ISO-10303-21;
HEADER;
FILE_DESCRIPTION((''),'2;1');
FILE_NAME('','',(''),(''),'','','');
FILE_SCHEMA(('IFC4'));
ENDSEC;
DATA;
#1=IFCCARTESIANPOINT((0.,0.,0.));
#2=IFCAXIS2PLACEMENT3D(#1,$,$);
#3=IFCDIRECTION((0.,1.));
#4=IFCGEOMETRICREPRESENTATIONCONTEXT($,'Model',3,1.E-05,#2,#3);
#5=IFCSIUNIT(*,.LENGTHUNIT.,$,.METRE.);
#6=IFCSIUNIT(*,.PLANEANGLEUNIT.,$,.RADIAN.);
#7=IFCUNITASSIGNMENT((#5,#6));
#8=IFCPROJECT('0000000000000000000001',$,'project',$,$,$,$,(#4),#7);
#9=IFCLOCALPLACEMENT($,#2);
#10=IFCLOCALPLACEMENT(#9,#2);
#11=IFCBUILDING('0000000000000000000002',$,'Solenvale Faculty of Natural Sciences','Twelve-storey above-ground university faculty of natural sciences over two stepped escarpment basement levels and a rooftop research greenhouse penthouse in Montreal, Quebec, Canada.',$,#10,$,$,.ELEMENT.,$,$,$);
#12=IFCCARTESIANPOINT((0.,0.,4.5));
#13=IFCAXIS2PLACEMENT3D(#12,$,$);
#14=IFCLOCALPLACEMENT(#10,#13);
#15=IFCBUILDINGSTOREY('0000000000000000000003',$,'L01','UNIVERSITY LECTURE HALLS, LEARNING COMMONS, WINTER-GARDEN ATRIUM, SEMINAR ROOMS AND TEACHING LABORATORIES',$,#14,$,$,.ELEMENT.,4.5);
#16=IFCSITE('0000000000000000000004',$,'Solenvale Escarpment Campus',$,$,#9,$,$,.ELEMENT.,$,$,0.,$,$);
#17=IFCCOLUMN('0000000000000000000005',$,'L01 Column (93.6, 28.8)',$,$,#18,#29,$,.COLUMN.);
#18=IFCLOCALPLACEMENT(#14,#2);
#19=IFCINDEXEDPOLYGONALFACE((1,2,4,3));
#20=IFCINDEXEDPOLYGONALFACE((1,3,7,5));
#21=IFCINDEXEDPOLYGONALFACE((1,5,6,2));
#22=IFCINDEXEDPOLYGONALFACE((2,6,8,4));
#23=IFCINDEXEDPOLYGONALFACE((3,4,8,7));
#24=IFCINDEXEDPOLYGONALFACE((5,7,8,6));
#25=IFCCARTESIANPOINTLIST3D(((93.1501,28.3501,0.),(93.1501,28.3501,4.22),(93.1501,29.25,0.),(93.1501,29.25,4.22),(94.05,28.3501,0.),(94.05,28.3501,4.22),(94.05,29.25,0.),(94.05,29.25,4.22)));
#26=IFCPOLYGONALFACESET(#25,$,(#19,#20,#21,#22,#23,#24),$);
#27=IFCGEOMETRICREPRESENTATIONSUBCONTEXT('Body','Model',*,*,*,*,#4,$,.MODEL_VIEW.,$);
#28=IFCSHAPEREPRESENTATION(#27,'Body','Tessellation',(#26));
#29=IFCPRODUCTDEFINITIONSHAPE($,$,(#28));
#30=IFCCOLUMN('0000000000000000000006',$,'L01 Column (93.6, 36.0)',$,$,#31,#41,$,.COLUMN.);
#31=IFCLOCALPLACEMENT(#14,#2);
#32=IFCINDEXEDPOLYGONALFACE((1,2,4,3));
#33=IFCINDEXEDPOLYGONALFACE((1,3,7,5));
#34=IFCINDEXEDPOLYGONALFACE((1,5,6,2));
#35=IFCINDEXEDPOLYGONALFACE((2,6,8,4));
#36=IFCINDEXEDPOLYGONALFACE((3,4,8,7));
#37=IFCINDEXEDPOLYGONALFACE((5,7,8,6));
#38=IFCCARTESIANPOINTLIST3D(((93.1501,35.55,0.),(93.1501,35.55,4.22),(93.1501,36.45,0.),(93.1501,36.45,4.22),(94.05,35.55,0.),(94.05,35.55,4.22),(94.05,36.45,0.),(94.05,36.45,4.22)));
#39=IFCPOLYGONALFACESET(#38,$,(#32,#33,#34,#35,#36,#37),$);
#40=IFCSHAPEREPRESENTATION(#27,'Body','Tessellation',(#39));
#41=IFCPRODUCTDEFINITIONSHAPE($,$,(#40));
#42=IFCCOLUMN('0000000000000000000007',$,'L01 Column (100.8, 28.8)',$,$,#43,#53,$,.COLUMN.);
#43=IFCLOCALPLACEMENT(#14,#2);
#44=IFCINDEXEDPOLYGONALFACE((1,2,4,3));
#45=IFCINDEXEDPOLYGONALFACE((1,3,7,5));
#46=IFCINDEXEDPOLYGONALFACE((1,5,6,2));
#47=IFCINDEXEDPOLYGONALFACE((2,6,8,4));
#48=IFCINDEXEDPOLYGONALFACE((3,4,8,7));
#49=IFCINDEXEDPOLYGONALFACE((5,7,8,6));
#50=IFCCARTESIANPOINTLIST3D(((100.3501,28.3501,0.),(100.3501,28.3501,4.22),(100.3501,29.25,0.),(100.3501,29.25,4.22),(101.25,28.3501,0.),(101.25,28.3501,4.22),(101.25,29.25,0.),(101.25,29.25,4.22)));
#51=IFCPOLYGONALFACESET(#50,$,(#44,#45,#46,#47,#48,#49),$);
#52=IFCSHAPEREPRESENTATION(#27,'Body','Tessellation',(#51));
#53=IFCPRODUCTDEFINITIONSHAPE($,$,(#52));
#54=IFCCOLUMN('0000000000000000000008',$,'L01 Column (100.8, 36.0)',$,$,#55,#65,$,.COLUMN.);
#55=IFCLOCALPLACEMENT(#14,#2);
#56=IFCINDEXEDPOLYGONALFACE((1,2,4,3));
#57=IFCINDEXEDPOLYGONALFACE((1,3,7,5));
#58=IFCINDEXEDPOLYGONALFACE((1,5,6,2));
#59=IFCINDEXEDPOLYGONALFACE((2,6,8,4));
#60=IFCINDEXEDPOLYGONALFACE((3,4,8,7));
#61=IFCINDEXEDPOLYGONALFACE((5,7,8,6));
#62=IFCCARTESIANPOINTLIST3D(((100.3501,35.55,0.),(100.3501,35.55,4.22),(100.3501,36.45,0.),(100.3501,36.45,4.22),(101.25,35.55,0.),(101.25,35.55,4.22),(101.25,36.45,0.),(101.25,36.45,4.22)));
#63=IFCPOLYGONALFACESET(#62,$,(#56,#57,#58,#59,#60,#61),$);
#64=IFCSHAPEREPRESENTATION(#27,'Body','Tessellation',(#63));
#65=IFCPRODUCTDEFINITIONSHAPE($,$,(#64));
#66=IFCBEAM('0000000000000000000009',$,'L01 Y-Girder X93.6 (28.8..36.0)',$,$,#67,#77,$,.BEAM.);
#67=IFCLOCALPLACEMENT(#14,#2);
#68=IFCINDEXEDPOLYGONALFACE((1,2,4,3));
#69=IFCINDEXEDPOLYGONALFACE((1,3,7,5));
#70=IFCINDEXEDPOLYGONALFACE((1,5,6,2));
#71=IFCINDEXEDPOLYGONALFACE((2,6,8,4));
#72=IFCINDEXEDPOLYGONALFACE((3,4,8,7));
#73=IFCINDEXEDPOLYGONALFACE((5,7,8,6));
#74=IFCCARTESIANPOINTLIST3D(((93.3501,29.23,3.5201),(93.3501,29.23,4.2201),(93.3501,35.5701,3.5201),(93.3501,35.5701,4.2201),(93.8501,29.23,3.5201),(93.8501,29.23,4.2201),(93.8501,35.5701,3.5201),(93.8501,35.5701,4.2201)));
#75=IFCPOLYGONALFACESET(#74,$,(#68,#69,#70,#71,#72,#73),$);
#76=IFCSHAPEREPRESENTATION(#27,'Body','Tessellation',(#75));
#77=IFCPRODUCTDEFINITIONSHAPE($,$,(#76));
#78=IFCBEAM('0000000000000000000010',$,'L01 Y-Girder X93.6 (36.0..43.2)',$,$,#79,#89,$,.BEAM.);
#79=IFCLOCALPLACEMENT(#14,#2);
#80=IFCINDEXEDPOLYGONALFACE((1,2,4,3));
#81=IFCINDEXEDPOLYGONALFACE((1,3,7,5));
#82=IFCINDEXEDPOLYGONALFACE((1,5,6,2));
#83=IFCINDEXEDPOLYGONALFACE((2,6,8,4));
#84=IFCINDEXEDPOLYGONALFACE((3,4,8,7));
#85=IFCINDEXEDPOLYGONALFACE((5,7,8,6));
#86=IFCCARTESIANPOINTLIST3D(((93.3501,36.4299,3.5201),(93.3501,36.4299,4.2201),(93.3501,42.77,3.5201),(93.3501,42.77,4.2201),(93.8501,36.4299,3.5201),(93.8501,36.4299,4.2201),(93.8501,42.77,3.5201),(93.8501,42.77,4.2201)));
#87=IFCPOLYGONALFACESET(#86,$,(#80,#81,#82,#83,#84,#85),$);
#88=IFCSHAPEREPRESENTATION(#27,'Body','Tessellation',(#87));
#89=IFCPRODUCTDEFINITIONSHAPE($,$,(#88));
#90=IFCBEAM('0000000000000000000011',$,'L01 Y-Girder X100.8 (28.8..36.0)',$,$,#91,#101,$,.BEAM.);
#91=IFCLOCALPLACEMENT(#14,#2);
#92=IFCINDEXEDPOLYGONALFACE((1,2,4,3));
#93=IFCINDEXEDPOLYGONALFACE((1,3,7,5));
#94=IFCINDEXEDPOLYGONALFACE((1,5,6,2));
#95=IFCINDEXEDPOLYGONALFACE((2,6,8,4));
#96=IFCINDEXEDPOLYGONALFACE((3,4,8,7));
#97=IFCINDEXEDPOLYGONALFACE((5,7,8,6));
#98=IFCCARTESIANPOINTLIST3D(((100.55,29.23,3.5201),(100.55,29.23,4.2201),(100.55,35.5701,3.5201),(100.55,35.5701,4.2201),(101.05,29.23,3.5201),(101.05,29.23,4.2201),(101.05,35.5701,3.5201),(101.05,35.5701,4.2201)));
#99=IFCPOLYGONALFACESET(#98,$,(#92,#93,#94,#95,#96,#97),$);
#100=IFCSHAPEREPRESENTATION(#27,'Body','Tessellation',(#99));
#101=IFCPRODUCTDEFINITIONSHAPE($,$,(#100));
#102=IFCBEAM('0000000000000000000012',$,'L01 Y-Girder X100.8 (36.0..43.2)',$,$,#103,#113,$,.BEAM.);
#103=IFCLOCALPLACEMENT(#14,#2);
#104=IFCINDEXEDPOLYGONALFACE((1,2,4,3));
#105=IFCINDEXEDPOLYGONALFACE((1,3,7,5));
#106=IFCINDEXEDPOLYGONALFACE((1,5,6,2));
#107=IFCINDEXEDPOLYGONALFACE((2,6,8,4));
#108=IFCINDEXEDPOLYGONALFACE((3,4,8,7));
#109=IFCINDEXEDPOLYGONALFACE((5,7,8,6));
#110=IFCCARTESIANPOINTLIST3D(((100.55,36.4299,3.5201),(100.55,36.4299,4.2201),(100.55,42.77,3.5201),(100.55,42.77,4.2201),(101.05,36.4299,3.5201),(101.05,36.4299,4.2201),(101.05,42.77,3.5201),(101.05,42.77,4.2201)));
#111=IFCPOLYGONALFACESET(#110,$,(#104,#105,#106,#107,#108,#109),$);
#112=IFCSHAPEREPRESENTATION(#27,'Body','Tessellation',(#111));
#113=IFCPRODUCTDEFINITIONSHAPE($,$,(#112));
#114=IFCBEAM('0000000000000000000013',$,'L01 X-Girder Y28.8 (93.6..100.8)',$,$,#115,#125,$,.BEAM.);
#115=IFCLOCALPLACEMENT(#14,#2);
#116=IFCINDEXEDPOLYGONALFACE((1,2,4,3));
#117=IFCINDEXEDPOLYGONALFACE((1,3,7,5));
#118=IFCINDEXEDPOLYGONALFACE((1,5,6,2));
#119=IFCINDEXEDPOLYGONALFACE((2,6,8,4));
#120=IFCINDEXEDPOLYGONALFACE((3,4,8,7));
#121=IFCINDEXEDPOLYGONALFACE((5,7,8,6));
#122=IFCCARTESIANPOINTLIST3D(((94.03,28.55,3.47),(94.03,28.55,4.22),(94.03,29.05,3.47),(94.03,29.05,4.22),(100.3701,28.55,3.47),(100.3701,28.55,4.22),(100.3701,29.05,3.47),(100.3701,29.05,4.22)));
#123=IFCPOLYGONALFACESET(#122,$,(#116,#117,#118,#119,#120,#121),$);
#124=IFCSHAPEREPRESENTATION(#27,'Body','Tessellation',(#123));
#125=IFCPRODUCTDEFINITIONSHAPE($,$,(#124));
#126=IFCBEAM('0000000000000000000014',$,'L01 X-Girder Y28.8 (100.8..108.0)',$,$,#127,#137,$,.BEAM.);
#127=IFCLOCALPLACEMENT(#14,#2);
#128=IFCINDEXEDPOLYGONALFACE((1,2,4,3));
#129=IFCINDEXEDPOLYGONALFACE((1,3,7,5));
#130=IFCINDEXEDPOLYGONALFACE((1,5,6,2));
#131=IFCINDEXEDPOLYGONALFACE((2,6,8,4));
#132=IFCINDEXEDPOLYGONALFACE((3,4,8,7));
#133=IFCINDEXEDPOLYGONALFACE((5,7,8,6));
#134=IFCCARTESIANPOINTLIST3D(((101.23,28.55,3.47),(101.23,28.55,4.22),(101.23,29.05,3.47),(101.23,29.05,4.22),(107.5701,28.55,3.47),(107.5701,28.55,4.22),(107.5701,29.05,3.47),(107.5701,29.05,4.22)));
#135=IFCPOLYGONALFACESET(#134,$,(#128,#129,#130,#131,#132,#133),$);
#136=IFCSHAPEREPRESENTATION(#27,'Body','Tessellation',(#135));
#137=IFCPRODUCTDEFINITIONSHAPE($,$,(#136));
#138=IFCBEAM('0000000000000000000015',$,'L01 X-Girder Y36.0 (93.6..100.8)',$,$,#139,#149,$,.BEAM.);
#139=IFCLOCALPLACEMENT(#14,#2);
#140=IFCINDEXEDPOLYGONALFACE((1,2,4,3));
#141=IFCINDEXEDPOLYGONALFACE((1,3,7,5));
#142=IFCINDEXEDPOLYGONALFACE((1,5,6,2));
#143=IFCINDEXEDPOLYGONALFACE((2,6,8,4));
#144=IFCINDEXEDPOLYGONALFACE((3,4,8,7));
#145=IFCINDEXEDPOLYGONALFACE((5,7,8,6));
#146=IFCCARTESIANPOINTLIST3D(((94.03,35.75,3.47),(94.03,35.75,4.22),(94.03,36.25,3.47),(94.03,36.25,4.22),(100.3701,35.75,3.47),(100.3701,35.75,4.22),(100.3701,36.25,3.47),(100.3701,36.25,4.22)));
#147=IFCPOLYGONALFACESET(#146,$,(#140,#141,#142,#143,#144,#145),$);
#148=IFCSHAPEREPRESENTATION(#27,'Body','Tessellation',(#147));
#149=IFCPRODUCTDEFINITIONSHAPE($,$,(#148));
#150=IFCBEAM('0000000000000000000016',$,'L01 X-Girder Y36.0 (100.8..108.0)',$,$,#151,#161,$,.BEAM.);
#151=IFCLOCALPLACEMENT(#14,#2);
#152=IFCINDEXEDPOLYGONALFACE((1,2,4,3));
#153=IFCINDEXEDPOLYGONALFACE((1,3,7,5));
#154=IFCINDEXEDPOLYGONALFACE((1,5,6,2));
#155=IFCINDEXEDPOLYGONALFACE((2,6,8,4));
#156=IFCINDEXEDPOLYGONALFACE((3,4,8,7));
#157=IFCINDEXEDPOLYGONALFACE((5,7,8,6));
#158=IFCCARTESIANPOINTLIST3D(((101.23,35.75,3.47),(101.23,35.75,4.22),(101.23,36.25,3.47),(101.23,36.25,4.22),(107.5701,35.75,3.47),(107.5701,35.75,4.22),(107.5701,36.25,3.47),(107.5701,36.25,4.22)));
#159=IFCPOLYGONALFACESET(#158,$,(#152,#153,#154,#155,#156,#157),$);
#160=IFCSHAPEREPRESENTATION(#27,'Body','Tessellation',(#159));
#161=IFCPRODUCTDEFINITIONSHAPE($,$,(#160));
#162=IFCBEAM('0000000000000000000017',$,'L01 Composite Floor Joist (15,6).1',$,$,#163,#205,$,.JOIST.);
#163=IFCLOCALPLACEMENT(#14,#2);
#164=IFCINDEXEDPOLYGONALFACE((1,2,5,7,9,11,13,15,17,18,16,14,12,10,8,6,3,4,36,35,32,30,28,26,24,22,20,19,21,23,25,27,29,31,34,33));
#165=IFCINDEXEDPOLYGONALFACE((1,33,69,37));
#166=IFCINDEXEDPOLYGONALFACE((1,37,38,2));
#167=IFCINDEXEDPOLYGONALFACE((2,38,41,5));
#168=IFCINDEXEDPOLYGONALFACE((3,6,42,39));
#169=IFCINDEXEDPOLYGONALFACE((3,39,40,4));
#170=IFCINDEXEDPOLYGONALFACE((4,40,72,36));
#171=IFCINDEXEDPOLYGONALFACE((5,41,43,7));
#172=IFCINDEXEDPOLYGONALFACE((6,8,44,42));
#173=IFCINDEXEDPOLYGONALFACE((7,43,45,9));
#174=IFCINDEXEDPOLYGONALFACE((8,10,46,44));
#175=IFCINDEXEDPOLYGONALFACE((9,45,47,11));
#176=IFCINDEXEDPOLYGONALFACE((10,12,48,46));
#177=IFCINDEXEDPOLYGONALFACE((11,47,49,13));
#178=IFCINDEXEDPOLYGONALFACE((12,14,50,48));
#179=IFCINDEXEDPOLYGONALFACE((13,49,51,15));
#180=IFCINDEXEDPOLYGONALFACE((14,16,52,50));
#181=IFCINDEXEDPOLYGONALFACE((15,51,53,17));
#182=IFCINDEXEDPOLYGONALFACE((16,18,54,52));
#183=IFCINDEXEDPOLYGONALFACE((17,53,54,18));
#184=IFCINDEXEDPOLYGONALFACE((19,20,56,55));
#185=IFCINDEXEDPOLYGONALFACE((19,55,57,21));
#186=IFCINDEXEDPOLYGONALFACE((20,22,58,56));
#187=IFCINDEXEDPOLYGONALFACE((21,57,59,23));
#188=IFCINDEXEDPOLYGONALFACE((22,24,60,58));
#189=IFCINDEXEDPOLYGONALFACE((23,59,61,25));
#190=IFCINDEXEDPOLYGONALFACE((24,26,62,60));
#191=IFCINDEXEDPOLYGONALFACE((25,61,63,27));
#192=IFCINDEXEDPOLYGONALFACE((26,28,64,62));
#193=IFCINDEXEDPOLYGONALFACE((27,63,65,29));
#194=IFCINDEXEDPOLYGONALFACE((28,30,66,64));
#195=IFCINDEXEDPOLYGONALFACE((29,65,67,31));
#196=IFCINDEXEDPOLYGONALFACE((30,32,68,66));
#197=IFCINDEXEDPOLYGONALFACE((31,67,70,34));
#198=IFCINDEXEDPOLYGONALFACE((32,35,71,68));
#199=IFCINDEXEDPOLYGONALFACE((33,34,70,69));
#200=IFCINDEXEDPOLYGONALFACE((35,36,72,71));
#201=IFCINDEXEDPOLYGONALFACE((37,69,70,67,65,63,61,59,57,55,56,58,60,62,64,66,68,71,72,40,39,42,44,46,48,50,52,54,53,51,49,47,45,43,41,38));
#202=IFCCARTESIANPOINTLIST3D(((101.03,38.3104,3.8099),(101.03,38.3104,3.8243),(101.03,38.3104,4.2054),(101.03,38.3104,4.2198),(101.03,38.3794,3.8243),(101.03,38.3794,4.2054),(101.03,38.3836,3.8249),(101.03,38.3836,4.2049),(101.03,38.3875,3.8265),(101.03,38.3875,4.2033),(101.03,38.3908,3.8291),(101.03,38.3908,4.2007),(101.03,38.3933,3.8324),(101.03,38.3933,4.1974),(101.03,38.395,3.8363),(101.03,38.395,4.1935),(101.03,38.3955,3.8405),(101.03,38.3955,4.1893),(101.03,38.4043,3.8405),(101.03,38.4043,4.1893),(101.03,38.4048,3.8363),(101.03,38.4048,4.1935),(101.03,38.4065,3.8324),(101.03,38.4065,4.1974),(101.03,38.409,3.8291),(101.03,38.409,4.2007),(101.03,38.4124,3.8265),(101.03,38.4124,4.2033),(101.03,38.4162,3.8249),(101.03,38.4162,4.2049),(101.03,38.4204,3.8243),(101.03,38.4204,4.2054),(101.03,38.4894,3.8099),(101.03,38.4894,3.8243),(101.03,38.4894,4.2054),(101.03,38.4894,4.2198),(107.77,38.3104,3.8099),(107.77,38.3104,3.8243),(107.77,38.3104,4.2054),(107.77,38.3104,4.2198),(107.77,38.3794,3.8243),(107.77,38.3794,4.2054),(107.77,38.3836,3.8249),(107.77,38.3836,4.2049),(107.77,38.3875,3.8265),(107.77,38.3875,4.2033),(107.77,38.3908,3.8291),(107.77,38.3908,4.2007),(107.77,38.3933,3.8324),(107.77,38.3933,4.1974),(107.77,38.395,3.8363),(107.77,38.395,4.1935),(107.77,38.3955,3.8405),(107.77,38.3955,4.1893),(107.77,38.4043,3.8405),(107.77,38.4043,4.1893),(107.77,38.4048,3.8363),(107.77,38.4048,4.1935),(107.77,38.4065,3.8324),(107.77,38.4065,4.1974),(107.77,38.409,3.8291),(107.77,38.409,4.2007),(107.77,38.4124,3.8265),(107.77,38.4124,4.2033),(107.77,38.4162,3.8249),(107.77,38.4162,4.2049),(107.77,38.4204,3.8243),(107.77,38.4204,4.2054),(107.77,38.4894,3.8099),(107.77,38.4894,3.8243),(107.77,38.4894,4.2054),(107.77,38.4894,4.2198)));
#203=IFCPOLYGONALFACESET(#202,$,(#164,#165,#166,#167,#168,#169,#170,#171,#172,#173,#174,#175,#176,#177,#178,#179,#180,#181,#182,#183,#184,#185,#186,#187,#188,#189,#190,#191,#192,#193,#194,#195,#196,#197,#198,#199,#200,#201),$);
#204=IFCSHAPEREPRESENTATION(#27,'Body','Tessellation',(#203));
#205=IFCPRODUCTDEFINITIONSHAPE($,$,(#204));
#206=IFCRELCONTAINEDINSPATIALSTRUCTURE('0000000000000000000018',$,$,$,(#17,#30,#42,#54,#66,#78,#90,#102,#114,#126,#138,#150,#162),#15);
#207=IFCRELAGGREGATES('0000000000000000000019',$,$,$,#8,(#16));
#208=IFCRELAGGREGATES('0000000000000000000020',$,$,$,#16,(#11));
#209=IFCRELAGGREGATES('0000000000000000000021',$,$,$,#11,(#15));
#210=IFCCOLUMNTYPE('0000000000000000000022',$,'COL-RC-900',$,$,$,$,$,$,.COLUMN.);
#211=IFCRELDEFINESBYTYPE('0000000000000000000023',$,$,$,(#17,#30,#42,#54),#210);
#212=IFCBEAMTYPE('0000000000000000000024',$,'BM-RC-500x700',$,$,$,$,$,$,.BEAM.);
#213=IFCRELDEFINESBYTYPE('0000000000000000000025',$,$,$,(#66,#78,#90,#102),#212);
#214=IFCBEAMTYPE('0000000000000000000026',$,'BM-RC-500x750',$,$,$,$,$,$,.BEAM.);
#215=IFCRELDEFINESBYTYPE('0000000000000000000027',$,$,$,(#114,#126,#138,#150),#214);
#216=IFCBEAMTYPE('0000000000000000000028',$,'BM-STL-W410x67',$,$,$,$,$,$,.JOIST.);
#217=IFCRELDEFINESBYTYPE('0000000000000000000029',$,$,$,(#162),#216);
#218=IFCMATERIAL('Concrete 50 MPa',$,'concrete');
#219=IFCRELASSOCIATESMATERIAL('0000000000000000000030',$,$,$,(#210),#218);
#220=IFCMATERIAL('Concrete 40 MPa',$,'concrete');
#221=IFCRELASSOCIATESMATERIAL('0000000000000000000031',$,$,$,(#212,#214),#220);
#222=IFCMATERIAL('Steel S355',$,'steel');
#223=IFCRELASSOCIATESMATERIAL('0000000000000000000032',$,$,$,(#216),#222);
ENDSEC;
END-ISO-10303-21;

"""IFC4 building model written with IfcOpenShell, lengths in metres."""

from ifc_helpers import new_model, si_unit, direction, frame, origin, origin_2d, place, context, subcontext, project, spatial, rectangle, i_section, extrude, material, material_profile, profile_set, type_object, element, save


model = new_model("IFC4")

# Units and contexts
model_context = context("Model", 3, precision=1e-05, world=origin(), true_north=direction((0.0, 1.0)))
body_context = subcontext(model_context, "Body", "Model", "MODEL_VIEW")
ifc_project = project(units=[si_unit("LENGTHUNIT", "METRE"), si_unit("PLANEANGLEUNIT", "RADIAN")], contexts=[model_context])

# Site, building, storey
site_placement = place(None, origin())
site = spatial("IfcSite", under=ifc_project, at=site_placement, Name="Solenvale Escarpment Campus", CompositionType="ELEMENT", RefElevation=0.0)
building_placement = place(site_placement, origin())
building = spatial("IfcBuilding", under=site, at=building_placement, Name="Solenvale Faculty of Natural Sciences", Description="Twelve-storey above-ground university faculty of natural sciences over two stepped escarpment basement levels and a rooftop research greenhouse penthouse in Montreal, Quebec, Canada.", CompositionType="ELEMENT")
storey_placement = place(building_placement, frame((0.0, 0.0, 4.5)))
storey = spatial("IfcBuildingStorey", under=building, at=storey_placement, Name="L01", Description="UNIVERSITY LECTURE HALLS, LEARNING COMMONS, WINTER-GARDEN ATRIUM, SEMINAR ROOMS AND TEACHING LABORATORIES", CompositionType="ELEMENT", Elevation=4.5)

# Columns
ifc_material_1 = material(Name="Concrete 50 MPa", Category="concrete")
ifc_material_profile_1 = material_profile(ifc_material_1, rectangle(XDim=0.8999, YDim=0.8999, at=origin_2d()), Name="RC-COL-900x900")
ifc_profile_set_1 = profile_set([ifc_material_profile_1], Name="Concrete 50 MPa")
column_type = type_object("IfcColumnType", Name="COL-RC-900", PredefinedType="COLUMN", material=ifc_profile_set_1)
for number, where, z_axis, x_axis, name in (
    (1, (93.6001, 28.8, 0.0), (0.0, 0.0, 1.0), (1.0, 0.0, 0.0), "L01 Column (93.6, 28.8)"),
    (2, (93.6001, 36.0, 0.0), (0.0, 0.0, 1.0), (1.0, 0.0, 0.0), "L01 Column (93.6, 36.0)"),
    (3, (100.8, 28.8, 0.0), (0.0, 0.0, 1.0), (1.0, 0.0, 0.0), "L01 Column (100.8, 28.8)"),
    (4, (100.8, 36.0, 0.0), (0.0, 0.0, 1.0), (1.0, 0.0, 0.0), "L01 Column (100.8, 36.0)"),
):
    element("IfcColumn", number, at=place(storey_placement, frame(where, z_axis=z_axis, x_axis=x_axis)), inside=storey, type_object=column_type, Name=name, PredefinedType="COLUMN", context=body_context, shape_type="SweptSolid", body=[
        extrude(rectangle(XDim=0.8999, YDim=0.8999, at=origin_2d()), origin(), (0.0, 0.0, 1.0), 4.22),
    ])

# Beams
ifc_material_2 = material(Name="Concrete 40 MPa", Category="concrete")
ifc_material_profile_2 = material_profile(ifc_material_2, rectangle(XDim=0.5, YDim=0.7, at=origin_2d()), Name="RC-BM-500x700")
ifc_profile_set_2 = profile_set([ifc_material_profile_2], Name="Concrete 40 MPa")
beam_type_1 = type_object("IfcBeamType", Name="BM-RC-500x700", PredefinedType="BEAM", material=ifc_profile_set_2)
for number, where, z_axis, x_axis, name in (
    (5, (93.6001, 29.23, 3.8701), (0.0, 1.0, 0.0), (-1.0, 0.0, 0.0), "L01 Y-Girder X93.6 (28.8..36.0)"),
    (6, (93.6001, 36.4299, 3.8701), (0.0, 1.0, 0.0), (-1.0, 0.0, 0.0), "L01 Y-Girder X93.6 (36.0..43.2)"),
    (7, (100.8, 29.23, 3.8701), (0.0, 1.0, 0.0), (-1.0, 0.0, 0.0), "L01 Y-Girder X100.8 (28.8..36.0)"),
    (8, (100.8, 36.4299, 3.8701), (0.0, 1.0, 0.0), (-1.0, 0.0, 0.0), "L01 Y-Girder X100.8 (36.0..43.2)"),
):
    element("IfcBeam", number, at=place(storey_placement, frame(where, z_axis=z_axis, x_axis=x_axis)), inside=storey, type_object=beam_type_1, Name=name, PredefinedType="BEAM", context=body_context, shape_type="SweptSolid", body=[
        extrude(rectangle(XDim=0.5, YDim=0.7, at=origin_2d()), origin(), (0.0, 0.0, 1.0), 6.3401),
    ])
ifc_material_profile_3 = material_profile(ifc_material_2, rectangle(XDim=0.5, YDim=0.75, at=origin_2d()), Name="RC-BM-500x750")
ifc_profile_set_3 = profile_set([ifc_material_profile_3], Name="Concrete 40 MPa")
beam_type_2 = type_object("IfcBeamType", Name="BM-RC-500x750", PredefinedType="BEAM", material=ifc_profile_set_3)
for number, where, z_axis, x_axis, name in (
    (9, (94.03, 28.8, 3.845), (1.0, 0.0, 0.0), (0.0, 1.0, 0.0), "L01 X-Girder Y28.8 (93.6..100.8)"),
    (10, (101.23, 28.8, 3.845), (1.0, 0.0, 0.0), (0.0, 1.0, 0.0), "L01 X-Girder Y28.8 (100.8..108.0)"),
    (11, (94.03, 36.0, 3.845), (1.0, 0.0, 0.0), (0.0, 1.0, 0.0), "L01 X-Girder Y36.0 (93.6..100.8)"),
    (12, (101.23, 36.0, 3.845), (1.0, 0.0, 0.0), (0.0, 1.0, 0.0), "L01 X-Girder Y36.0 (100.8..108.0)"),
):
    element("IfcBeam", number, at=place(storey_placement, frame(where, z_axis=z_axis, x_axis=x_axis)), inside=storey, type_object=beam_type_2, Name=name, PredefinedType="BEAM", context=body_context, shape_type="SweptSolid", body=[
        extrude(rectangle(XDim=0.5, YDim=0.75, at=origin_2d()), origin(), (0.0, 0.0, 1.0), 6.3401),
    ])
ifc_material_3 = material(Name="Steel S355", Category="steel")
ifc_material_profile_4 = material_profile(ifc_material_3, i_section(OverallWidth=0.179, OverallDepth=0.4099, WebThickness=0.0088, FlangeThickness=0.0144, FilletRadius=0.0161, at=origin_2d()), Name="W410x67")
ifc_profile_set_4 = profile_set([ifc_material_profile_4], Name="Steel S355")
beam_type_3 = type_object("IfcBeamType", Name="BM-STL-W410x67", PredefinedType="JOIST", material=ifc_profile_set_4)
beam_placement = place(storey_placement, frame((101.03, 38.3999, 4.0149), z_axis=(1.0, 0.0, 0.0), x_axis=(0.0, 1.0, 0.0)))
element("IfcBeam", 13, at=beam_placement, inside=storey, type_object=beam_type_3, Name="L01 Composite Floor Joist (15,6).1", PredefinedType="JOIST", context=body_context, shape_type="SweptSolid", body=[
    extrude(i_section(OverallWidth=0.179, OverallDepth=0.4099, WebThickness=0.0088, FlangeThickness=0.0144, FilletRadius=0.0161, at=origin_2d()), origin(), (0.0, 0.0, 1.0), 6.74),
])

save(model, "model.ifc")
